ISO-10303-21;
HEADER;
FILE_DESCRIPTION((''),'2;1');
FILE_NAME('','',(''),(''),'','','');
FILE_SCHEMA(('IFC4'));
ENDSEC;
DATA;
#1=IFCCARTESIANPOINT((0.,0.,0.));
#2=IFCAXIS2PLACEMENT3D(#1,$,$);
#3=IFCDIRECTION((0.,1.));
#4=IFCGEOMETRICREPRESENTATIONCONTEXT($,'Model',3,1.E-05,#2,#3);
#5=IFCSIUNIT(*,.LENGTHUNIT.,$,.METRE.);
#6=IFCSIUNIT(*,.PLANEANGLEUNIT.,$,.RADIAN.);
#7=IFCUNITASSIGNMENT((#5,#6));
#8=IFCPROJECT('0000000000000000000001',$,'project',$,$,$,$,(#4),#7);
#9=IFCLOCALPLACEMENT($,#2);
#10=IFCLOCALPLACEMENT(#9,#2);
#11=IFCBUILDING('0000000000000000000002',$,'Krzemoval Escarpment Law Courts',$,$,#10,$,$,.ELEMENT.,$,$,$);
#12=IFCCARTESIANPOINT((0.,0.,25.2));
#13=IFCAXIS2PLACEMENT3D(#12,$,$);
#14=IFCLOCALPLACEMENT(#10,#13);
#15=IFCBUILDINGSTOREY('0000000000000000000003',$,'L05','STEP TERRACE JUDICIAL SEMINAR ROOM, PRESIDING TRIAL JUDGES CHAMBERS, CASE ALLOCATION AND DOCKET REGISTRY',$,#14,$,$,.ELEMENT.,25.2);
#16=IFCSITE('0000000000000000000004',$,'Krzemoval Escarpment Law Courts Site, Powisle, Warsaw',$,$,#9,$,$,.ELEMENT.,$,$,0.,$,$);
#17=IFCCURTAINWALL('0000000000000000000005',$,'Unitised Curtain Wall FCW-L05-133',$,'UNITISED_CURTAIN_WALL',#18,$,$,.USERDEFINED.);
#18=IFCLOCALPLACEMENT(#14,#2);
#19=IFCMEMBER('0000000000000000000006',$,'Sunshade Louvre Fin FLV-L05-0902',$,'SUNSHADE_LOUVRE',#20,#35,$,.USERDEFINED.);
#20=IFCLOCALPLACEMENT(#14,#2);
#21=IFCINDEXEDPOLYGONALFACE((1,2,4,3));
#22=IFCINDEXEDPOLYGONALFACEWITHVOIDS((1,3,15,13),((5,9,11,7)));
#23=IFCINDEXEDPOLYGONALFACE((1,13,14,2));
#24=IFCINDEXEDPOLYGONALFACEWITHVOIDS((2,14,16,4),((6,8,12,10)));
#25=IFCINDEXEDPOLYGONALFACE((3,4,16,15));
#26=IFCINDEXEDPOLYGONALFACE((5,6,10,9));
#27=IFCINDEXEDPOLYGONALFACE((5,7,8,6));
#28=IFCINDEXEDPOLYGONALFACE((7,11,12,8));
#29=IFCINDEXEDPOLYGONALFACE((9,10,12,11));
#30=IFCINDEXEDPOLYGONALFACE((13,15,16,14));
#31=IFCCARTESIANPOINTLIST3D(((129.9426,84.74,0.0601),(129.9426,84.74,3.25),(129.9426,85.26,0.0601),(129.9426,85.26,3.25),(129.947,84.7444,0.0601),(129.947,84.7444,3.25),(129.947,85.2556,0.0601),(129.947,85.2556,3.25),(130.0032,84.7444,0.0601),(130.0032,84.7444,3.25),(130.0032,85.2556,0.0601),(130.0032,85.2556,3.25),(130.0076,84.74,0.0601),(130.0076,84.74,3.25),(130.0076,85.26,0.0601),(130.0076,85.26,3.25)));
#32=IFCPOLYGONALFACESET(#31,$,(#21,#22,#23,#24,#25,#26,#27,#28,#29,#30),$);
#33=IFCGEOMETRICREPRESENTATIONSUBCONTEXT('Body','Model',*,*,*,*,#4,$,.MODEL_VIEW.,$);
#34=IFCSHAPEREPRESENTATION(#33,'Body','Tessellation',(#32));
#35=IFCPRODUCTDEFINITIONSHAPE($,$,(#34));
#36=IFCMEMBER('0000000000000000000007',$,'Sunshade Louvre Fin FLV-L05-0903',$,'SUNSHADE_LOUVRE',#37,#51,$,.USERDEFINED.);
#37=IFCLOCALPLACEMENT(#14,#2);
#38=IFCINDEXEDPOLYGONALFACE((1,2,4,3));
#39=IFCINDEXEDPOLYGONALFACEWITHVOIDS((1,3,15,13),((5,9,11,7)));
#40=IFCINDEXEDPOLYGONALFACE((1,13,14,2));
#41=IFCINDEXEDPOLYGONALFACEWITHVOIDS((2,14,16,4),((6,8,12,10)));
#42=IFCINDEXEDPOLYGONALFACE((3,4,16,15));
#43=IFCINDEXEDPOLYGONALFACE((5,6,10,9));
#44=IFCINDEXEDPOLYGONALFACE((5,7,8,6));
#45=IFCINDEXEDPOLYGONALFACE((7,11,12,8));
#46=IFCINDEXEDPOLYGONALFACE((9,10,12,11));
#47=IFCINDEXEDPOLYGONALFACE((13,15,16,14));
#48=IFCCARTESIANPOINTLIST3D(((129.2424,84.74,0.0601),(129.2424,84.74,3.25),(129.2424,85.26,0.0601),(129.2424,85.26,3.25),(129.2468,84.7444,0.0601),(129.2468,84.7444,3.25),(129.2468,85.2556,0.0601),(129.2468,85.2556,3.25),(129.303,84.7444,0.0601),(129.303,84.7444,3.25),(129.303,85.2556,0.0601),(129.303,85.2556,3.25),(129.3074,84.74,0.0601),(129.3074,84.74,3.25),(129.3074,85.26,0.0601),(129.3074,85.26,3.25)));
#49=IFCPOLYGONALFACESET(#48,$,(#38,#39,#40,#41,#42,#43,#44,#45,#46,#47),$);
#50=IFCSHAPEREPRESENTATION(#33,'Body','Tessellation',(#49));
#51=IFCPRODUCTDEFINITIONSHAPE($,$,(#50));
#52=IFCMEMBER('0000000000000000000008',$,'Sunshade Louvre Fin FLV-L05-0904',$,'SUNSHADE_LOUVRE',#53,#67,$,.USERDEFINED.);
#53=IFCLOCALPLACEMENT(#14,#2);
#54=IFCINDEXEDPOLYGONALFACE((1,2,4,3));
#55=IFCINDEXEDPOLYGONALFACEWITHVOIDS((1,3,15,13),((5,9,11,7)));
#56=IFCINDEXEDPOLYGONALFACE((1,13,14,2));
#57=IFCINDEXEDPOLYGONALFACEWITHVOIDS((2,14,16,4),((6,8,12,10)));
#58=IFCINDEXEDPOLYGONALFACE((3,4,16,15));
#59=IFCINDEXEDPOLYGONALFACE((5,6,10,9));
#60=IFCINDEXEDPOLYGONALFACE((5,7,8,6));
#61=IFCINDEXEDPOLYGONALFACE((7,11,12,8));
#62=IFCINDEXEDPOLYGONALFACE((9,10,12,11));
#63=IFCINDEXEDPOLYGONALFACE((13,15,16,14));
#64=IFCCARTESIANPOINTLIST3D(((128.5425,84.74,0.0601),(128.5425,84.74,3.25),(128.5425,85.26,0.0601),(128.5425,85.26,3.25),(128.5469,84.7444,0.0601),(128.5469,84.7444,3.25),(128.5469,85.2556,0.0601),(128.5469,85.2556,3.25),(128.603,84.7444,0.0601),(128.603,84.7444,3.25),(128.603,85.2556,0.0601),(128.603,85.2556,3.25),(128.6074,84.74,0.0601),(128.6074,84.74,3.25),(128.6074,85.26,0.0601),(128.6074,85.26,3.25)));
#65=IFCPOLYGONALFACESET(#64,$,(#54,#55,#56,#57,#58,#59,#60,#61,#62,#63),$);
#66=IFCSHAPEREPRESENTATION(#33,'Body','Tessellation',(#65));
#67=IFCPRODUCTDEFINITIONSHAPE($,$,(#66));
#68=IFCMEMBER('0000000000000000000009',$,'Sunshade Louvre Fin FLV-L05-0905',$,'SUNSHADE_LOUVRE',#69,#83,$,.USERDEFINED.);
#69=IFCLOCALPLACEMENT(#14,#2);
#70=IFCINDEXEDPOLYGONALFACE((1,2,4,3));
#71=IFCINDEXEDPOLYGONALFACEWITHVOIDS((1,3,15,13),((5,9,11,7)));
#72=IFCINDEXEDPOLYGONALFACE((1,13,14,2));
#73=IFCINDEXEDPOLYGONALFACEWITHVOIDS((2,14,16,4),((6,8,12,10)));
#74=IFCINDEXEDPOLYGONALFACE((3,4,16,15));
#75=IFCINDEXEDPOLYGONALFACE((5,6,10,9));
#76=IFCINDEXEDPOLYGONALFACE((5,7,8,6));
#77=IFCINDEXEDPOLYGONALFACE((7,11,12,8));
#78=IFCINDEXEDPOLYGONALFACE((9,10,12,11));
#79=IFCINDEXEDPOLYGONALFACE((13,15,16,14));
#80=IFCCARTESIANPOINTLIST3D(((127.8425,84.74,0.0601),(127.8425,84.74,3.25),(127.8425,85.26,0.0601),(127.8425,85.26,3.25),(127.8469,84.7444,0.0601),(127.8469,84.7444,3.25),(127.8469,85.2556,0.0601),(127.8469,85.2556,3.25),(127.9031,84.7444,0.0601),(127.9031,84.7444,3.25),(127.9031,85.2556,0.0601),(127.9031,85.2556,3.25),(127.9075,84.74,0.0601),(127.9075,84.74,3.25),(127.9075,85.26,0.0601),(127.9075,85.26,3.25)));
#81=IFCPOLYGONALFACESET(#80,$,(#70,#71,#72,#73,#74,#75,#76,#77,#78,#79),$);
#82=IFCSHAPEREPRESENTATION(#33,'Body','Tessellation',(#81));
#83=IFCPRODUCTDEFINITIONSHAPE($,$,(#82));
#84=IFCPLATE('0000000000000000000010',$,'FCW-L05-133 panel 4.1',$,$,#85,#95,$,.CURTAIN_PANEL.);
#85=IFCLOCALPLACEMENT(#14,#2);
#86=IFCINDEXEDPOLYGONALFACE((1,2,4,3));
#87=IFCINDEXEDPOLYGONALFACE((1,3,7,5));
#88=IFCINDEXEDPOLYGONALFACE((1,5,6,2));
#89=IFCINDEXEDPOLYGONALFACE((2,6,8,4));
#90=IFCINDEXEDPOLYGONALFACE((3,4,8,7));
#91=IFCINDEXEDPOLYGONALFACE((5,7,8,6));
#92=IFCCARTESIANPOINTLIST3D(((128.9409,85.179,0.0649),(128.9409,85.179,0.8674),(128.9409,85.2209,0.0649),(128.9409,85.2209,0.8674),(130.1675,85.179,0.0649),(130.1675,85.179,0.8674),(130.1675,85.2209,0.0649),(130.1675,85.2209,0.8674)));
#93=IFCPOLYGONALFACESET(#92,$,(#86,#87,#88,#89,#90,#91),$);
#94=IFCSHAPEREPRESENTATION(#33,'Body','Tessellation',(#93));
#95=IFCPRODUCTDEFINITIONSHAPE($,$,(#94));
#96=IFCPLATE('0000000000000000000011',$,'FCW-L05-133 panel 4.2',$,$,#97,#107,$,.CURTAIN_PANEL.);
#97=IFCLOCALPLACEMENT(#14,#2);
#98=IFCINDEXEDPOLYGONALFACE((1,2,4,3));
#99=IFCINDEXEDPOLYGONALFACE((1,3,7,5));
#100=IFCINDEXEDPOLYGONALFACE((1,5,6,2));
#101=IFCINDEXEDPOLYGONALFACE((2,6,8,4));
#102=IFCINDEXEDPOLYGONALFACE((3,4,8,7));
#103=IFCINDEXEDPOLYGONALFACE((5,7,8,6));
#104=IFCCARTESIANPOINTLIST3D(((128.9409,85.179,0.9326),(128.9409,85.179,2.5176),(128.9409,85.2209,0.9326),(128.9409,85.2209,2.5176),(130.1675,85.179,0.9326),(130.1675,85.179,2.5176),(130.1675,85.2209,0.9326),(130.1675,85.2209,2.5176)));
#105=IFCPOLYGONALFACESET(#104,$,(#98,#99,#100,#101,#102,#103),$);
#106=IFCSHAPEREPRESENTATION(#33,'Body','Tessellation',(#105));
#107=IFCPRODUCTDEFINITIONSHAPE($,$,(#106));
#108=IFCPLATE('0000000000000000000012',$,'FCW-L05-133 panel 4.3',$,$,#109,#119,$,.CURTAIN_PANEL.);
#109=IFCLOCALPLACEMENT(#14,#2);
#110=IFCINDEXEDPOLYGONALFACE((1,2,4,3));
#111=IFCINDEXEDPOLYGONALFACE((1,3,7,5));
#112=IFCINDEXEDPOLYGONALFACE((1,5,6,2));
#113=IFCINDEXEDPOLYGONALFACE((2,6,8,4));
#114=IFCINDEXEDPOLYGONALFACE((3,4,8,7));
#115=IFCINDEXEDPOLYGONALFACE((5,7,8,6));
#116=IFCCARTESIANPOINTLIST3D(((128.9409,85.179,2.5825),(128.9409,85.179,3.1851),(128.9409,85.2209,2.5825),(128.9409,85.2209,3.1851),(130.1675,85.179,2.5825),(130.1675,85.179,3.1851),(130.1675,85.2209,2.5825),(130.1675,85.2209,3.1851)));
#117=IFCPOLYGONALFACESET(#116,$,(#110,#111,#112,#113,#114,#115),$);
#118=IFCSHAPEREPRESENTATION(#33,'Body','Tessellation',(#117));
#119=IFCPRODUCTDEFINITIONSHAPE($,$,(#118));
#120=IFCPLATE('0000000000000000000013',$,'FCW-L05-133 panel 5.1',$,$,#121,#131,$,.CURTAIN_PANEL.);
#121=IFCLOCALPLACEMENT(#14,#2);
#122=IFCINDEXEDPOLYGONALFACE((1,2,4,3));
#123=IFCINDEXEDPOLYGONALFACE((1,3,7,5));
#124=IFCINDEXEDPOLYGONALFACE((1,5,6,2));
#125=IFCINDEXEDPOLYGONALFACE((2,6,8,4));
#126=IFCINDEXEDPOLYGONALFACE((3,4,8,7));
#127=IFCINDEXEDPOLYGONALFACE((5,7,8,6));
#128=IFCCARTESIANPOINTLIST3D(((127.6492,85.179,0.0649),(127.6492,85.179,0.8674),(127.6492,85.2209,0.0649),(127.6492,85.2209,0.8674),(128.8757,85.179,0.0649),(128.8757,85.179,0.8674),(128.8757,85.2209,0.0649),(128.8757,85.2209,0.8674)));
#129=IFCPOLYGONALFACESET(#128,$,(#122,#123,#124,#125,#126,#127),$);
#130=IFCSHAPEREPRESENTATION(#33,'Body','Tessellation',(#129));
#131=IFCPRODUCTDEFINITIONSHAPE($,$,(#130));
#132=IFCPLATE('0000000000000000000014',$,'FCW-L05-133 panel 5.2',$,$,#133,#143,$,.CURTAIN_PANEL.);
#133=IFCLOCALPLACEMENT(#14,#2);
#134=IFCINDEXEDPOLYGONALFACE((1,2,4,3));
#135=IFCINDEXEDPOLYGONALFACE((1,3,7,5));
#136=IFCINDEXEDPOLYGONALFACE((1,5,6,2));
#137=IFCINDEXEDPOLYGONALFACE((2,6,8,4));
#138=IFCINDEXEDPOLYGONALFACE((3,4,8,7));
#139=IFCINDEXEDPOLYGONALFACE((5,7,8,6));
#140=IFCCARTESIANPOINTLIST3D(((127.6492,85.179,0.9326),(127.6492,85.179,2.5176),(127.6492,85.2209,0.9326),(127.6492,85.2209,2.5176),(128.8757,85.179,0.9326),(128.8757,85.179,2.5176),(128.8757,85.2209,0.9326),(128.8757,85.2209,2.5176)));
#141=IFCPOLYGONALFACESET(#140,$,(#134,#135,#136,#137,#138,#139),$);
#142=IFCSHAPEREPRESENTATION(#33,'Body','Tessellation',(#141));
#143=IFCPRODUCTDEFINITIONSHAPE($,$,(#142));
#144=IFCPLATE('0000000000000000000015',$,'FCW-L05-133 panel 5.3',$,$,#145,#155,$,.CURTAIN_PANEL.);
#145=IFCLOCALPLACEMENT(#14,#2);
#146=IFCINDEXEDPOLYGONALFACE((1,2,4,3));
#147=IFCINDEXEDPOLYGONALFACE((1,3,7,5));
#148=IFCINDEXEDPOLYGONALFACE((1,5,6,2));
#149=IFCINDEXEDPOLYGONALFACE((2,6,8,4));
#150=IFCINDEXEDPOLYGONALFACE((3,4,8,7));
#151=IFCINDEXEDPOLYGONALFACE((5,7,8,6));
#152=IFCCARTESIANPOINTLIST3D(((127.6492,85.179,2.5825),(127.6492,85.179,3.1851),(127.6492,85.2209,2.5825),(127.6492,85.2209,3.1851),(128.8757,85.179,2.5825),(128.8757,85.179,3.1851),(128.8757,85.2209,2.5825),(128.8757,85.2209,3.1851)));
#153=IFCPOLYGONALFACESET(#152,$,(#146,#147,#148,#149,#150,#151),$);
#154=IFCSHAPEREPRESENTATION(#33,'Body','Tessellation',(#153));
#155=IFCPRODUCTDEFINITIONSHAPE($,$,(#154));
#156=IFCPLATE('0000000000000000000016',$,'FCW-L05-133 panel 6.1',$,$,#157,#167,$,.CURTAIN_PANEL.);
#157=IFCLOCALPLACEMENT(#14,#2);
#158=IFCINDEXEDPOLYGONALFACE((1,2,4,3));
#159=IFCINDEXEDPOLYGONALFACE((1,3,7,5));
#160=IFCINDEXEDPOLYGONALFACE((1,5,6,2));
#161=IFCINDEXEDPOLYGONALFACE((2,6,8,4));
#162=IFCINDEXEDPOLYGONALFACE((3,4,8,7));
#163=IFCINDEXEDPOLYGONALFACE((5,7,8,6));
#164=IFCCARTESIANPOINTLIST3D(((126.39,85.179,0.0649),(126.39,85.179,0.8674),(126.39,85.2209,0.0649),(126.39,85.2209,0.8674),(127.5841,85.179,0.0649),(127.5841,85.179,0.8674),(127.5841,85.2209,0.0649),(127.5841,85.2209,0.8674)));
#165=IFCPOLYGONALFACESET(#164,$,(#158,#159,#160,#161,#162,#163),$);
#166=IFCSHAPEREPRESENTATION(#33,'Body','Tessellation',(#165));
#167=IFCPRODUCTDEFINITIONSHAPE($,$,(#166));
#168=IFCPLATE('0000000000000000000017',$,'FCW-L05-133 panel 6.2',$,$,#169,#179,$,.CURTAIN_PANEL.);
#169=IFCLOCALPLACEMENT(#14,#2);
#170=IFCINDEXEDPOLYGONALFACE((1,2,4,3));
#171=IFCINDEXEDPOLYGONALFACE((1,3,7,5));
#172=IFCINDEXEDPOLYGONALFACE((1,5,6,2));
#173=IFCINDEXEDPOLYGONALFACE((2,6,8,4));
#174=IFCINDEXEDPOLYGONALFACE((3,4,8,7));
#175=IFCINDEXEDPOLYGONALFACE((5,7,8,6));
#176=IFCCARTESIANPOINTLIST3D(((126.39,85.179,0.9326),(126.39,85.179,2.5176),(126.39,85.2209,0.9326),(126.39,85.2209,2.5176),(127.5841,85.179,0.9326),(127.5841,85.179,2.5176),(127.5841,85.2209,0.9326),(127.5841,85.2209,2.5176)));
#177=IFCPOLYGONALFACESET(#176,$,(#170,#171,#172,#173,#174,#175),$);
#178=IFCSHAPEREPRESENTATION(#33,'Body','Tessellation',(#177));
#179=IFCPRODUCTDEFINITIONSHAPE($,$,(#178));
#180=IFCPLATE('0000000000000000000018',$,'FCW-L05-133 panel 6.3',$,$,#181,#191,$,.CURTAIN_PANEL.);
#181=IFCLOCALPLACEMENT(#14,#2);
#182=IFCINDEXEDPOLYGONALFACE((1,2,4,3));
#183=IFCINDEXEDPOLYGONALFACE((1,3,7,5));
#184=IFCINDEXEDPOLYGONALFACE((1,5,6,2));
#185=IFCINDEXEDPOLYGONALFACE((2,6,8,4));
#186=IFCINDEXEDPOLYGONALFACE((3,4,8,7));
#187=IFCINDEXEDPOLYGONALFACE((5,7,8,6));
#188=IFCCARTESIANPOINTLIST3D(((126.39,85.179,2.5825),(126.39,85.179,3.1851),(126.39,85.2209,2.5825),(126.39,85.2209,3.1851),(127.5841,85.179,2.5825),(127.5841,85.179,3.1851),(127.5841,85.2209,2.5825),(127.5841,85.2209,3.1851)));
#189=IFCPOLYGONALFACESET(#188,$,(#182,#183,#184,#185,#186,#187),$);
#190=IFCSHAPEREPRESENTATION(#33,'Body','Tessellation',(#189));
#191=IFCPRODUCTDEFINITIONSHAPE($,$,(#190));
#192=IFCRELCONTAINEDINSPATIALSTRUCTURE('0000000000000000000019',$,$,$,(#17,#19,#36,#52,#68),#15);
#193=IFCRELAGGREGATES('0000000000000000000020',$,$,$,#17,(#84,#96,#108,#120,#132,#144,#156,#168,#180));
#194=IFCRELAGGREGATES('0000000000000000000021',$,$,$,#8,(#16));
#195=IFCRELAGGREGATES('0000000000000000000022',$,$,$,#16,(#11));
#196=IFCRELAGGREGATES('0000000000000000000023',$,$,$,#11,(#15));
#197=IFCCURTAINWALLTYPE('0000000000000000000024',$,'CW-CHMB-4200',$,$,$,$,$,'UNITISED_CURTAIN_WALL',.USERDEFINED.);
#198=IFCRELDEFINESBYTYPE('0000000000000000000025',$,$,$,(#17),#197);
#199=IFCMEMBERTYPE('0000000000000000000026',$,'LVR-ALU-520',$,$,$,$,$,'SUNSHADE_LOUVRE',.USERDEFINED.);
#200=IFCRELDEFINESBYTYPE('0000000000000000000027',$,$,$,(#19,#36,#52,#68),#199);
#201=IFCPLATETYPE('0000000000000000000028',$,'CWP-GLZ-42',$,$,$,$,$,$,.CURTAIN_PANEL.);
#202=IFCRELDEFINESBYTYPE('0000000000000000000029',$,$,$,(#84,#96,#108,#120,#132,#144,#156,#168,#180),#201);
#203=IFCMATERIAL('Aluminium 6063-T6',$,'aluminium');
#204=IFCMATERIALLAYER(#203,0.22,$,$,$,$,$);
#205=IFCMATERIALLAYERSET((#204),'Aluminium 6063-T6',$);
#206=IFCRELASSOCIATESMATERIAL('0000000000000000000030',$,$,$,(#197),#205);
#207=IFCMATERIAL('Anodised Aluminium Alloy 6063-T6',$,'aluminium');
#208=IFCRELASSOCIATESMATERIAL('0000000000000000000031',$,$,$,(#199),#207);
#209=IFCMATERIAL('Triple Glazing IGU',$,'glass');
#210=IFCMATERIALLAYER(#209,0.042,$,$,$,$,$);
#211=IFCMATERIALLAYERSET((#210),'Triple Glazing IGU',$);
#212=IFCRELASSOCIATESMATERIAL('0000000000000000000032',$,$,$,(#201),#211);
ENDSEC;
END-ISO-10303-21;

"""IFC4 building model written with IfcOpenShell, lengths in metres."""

from ifc_helpers import new_model, si_unit, direction, frame, origin, origin_2d, place, context, subcontext, project, spatial, rectangle, hollow_rectangle, extrude, material, layer, layer_set, material_profile, profile_set, type_object, element, aggregate, save


model = new_model("IFC4")

# Units and contexts
model_context = context("Model", 3, precision=1e-05, world=origin(), true_north=direction((0.0, 1.0)))
body_context = subcontext(model_context, "Body", "Model", "MODEL_VIEW")
ifc_project = project(units=[si_unit("LENGTHUNIT", "METRE"), si_unit("PLANEANGLEUNIT", "RADIAN")], contexts=[model_context])

# Site, building, storey
site_placement = place(None, origin())
site = spatial("IfcSite", under=ifc_project, at=site_placement, Name="Krzemoval Escarpment Law Courts Site, Powisle, Warsaw", CompositionType="ELEMENT", RefElevation=0.0)
building_placement = place(site_placement, origin())
building = spatial("IfcBuilding", under=site, at=building_placement, Name="Krzemoval Escarpment Law Courts", CompositionType="ELEMENT")
storey_placement = place(building_placement, frame((0.0, 0.0, 25.2)))
storey = spatial("IfcBuildingStorey", under=building, at=storey_placement, Name="L05", Description="STEP TERRACE JUDICIAL SEMINAR ROOM, PRESIDING TRIAL JUDGES CHAMBERS, CASE ALLOCATION AND DOCKET REGISTRY", CompositionType="ELEMENT", Elevation=25.2)

# Curtain wall
ifc_material_1 = material(Name="Aluminium 6063-T6", Category="aluminium")
ifc_layer_1 = layer(ifc_material_1, 0.22)
ifc_layer_set_1 = layer_set([ifc_layer_1], Name="Aluminium 6063-T6")
curtain_wall_type = type_object("IfcCurtainWallType", Name="CW-CHMB-4200", ElementType="UNITISED_CURTAIN_WALL", PredefinedType="USERDEFINED", material=ifc_layer_set_1)
curtain_wall_placement = place(storey_placement, origin())
curtain_wall = element("IfcCurtainWall", 1, at=curtain_wall_placement, inside=storey, type_object=curtain_wall_type, Name="Unitised Curtain Wall FCW-L05-133", ObjectType="UNITISED_CURTAIN_WALL", PredefinedType="USERDEFINED")

# Members
ifc_material_2 = material(Name="Anodised Aluminium Alloy 6063-T6", Category="aluminium")
ifc_material_profile_1 = material_profile(ifc_material_2, hollow_rectangle(XDim=0.0649, YDim=0.52, WallThickness=0.0044, at=origin_2d()), Name="ALU LVR 65x520")
ifc_profile_set_1 = profile_set([ifc_material_profile_1], Name="Anodised Aluminium Alloy 6063-T6")
member_type_1 = type_object("IfcMemberType", Name="LVR-ALU-520", ElementType="SUNSHADE_LOUVRE", PredefinedType="USERDEFINED", material=ifc_profile_set_1)
for number, where, z_axis, x_axis, name in (
    (2, (129.9751, 85.0, 0.0601), (0.0, 0.0, 1.0), (1.0, 0.0, 0.0), "Sunshade Louvre Fin FLV-L05-0902"),
    (3, (129.2749, 85.0, 0.0601), (0.0, 0.0, 1.0), (1.0, 0.0, 0.0), "Sunshade Louvre Fin FLV-L05-0903"),
    (4, (128.575, 85.0, 0.0601), (0.0, 0.0, 1.0), (1.0, 0.0, 0.0), "Sunshade Louvre Fin FLV-L05-0904"),
    (5, (127.875, 85.0, 0.0601), (0.0, 0.0, 1.0), (1.0, 0.0, 0.0), "Sunshade Louvre Fin FLV-L05-0905"),
):
    element("IfcMember", number, at=place(storey_placement, frame(where, z_axis=z_axis, x_axis=x_axis)), inside=storey, type_object=member_type_1, Name=name, ObjectType="SUNSHADE_LOUVRE", PredefinedType="USERDEFINED", context=body_context, shape_type="SweptSolid", body=[
        extrude(hollow_rectangle(XDim=0.0649, YDim=0.52, WallThickness=0.0044, at=origin_2d()), origin(), (0.0, 0.0, 1.0), 3.1899),
    ])

# Plates
ifc_material_3 = material(Name="Triple Glazing IGU", Category="glass")
ifc_layer_2 = layer(ifc_material_3, 0.042)
ifc_layer_set_2 = layer_set([ifc_layer_2], Name="Triple Glazing IGU")
plate_type = type_object("IfcPlateType", Name="CWP-GLZ-42", PredefinedType="CURTAIN_PANEL", material=ifc_layer_set_2)
plate_1_placement = place(storey_placement, frame((129.5542, 85.2, 0.0649), z_axis=(0.0, 0.0, 1.0), x_axis=(-1.0, 0.0, 0.0)))
plate_1 = element("IfcPlate", 6, at=plate_1_placement, type_object=plate_type, Name="FCW-L05-133 panel 4.1", PredefinedType="CURTAIN_PANEL", context=body_context, shape_type="SweptSolid", body=[
    extrude(rectangle(XDim=1.2266, YDim=0.042, at=origin_2d()), origin(), (0.0, 0.0, 1.0), 0.8025),
])
plate_2_placement = place(storey_placement, frame((129.5542, 85.2, 0.9326), z_axis=(0.0, 0.0, 1.0), x_axis=(-1.0, 0.0, 0.0)))
plate_2 = element("IfcPlate", 7, at=plate_2_placement, type_object=plate_type, Name="FCW-L05-133 panel 4.2", PredefinedType="CURTAIN_PANEL", context=body_context, shape_type="SweptSolid", body=[
    extrude(rectangle(XDim=1.2266, YDim=0.042, at=origin_2d()), origin(), (0.0, 0.0, 1.0), 1.585),
])
plate_3_placement = place(storey_placement, frame((129.5542, 85.2, 2.5825), z_axis=(0.0, 0.0, 1.0), x_axis=(-1.0, 0.0, 0.0)))
plate_3 = element("IfcPlate", 8, at=plate_3_placement, type_object=plate_type, Name="FCW-L05-133 panel 4.3", PredefinedType="CURTAIN_PANEL", context=body_context, shape_type="SweptSolid", body=[
    extrude(rectangle(XDim=1.2266, YDim=0.042, at=origin_2d()), origin(), (0.0, 0.0, 1.0), 0.6025),
])
plate_4_placement = place(storey_placement, frame((128.2625, 85.2, 0.0649), z_axis=(0.0, 0.0, 1.0), x_axis=(-1.0, 0.0, 0.0)))
plate_4 = element("IfcPlate", 9, at=plate_4_placement, type_object=plate_type, Name="FCW-L05-133 panel 5.1", PredefinedType="CURTAIN_PANEL", context=body_context, shape_type="SweptSolid", body=[
    extrude(rectangle(XDim=1.2266, YDim=0.042, at=origin_2d()), origin(), (0.0, 0.0, 1.0), 0.8025),
])
plate_5_placement = place(storey_placement, frame((128.2625, 85.2, 0.9326), z_axis=(0.0, 0.0, 1.0), x_axis=(-1.0, 0.0, 0.0)))
plate_5 = element("IfcPlate", 10, at=plate_5_placement, type_object=plate_type, Name="FCW-L05-133 panel 5.2", PredefinedType="CURTAIN_PANEL", context=body_context, shape_type="SweptSolid", body=[
    extrude(rectangle(XDim=1.2266, YDim=0.042, at=origin_2d()), origin(), (0.0, 0.0, 1.0), 1.585),
])
plate_6_placement = place(storey_placement, frame((128.2625, 85.2, 2.5825), z_axis=(0.0, 0.0, 1.0), x_axis=(-1.0, 0.0, 0.0)))
plate_6 = element("IfcPlate", 11, at=plate_6_placement, type_object=plate_type, Name="FCW-L05-133 panel 5.3", PredefinedType="CURTAIN_PANEL", context=body_context, shape_type="SweptSolid", body=[
    extrude(rectangle(XDim=1.2266, YDim=0.042, at=origin_2d()), origin(), (0.0, 0.0, 1.0), 0.6025),
])
plate_7_placement = place(storey_placement, frame((126.9871, 85.2, 0.0649), z_axis=(0.0, 0.0, 1.0), x_axis=(-1.0, 0.0, 0.0)))
plate_7 = element("IfcPlate", 12, at=plate_7_placement, type_object=plate_type, Name="FCW-L05-133 panel 6.1", PredefinedType="CURTAIN_PANEL", context=body_context, shape_type="SweptSolid", body=[
    extrude(rectangle(XDim=1.1941, YDim=0.042, at=origin_2d()), origin(), (0.0, 0.0, 1.0), 0.8025),
])
plate_8_placement = place(storey_placement, frame((126.9871, 85.2, 0.9326), z_axis=(0.0, 0.0, 1.0), x_axis=(-1.0, 0.0, 0.0)))
plate_8 = element("IfcPlate", 13, at=plate_8_placement, type_object=plate_type, Name="FCW-L05-133 panel 6.2", PredefinedType="CURTAIN_PANEL", context=body_context, shape_type="SweptSolid", body=[
    extrude(rectangle(XDim=1.1941, YDim=0.042, at=origin_2d()), origin(), (0.0, 0.0, 1.0), 1.585),
])
plate_9_placement = place(storey_placement, frame((126.9871, 85.2, 2.5825), z_axis=(0.0, 0.0, 1.0), x_axis=(-1.0, 0.0, 0.0)))
plate_9 = element("IfcPlate", 14, at=plate_9_placement, type_object=plate_type, Name="FCW-L05-133 panel 6.3", PredefinedType="CURTAIN_PANEL", context=body_context, shape_type="SweptSolid", body=[
    extrude(rectangle(XDim=1.1941, YDim=0.042, at=origin_2d()), origin(), (0.0, 0.0, 1.0), 0.6025),
])
aggregate(curtain_wall, [plate_1, plate_2, plate_3, plate_4, plate_5, plate_6, plate_7, plate_8, plate_9])

save(model, "model.ifc")
